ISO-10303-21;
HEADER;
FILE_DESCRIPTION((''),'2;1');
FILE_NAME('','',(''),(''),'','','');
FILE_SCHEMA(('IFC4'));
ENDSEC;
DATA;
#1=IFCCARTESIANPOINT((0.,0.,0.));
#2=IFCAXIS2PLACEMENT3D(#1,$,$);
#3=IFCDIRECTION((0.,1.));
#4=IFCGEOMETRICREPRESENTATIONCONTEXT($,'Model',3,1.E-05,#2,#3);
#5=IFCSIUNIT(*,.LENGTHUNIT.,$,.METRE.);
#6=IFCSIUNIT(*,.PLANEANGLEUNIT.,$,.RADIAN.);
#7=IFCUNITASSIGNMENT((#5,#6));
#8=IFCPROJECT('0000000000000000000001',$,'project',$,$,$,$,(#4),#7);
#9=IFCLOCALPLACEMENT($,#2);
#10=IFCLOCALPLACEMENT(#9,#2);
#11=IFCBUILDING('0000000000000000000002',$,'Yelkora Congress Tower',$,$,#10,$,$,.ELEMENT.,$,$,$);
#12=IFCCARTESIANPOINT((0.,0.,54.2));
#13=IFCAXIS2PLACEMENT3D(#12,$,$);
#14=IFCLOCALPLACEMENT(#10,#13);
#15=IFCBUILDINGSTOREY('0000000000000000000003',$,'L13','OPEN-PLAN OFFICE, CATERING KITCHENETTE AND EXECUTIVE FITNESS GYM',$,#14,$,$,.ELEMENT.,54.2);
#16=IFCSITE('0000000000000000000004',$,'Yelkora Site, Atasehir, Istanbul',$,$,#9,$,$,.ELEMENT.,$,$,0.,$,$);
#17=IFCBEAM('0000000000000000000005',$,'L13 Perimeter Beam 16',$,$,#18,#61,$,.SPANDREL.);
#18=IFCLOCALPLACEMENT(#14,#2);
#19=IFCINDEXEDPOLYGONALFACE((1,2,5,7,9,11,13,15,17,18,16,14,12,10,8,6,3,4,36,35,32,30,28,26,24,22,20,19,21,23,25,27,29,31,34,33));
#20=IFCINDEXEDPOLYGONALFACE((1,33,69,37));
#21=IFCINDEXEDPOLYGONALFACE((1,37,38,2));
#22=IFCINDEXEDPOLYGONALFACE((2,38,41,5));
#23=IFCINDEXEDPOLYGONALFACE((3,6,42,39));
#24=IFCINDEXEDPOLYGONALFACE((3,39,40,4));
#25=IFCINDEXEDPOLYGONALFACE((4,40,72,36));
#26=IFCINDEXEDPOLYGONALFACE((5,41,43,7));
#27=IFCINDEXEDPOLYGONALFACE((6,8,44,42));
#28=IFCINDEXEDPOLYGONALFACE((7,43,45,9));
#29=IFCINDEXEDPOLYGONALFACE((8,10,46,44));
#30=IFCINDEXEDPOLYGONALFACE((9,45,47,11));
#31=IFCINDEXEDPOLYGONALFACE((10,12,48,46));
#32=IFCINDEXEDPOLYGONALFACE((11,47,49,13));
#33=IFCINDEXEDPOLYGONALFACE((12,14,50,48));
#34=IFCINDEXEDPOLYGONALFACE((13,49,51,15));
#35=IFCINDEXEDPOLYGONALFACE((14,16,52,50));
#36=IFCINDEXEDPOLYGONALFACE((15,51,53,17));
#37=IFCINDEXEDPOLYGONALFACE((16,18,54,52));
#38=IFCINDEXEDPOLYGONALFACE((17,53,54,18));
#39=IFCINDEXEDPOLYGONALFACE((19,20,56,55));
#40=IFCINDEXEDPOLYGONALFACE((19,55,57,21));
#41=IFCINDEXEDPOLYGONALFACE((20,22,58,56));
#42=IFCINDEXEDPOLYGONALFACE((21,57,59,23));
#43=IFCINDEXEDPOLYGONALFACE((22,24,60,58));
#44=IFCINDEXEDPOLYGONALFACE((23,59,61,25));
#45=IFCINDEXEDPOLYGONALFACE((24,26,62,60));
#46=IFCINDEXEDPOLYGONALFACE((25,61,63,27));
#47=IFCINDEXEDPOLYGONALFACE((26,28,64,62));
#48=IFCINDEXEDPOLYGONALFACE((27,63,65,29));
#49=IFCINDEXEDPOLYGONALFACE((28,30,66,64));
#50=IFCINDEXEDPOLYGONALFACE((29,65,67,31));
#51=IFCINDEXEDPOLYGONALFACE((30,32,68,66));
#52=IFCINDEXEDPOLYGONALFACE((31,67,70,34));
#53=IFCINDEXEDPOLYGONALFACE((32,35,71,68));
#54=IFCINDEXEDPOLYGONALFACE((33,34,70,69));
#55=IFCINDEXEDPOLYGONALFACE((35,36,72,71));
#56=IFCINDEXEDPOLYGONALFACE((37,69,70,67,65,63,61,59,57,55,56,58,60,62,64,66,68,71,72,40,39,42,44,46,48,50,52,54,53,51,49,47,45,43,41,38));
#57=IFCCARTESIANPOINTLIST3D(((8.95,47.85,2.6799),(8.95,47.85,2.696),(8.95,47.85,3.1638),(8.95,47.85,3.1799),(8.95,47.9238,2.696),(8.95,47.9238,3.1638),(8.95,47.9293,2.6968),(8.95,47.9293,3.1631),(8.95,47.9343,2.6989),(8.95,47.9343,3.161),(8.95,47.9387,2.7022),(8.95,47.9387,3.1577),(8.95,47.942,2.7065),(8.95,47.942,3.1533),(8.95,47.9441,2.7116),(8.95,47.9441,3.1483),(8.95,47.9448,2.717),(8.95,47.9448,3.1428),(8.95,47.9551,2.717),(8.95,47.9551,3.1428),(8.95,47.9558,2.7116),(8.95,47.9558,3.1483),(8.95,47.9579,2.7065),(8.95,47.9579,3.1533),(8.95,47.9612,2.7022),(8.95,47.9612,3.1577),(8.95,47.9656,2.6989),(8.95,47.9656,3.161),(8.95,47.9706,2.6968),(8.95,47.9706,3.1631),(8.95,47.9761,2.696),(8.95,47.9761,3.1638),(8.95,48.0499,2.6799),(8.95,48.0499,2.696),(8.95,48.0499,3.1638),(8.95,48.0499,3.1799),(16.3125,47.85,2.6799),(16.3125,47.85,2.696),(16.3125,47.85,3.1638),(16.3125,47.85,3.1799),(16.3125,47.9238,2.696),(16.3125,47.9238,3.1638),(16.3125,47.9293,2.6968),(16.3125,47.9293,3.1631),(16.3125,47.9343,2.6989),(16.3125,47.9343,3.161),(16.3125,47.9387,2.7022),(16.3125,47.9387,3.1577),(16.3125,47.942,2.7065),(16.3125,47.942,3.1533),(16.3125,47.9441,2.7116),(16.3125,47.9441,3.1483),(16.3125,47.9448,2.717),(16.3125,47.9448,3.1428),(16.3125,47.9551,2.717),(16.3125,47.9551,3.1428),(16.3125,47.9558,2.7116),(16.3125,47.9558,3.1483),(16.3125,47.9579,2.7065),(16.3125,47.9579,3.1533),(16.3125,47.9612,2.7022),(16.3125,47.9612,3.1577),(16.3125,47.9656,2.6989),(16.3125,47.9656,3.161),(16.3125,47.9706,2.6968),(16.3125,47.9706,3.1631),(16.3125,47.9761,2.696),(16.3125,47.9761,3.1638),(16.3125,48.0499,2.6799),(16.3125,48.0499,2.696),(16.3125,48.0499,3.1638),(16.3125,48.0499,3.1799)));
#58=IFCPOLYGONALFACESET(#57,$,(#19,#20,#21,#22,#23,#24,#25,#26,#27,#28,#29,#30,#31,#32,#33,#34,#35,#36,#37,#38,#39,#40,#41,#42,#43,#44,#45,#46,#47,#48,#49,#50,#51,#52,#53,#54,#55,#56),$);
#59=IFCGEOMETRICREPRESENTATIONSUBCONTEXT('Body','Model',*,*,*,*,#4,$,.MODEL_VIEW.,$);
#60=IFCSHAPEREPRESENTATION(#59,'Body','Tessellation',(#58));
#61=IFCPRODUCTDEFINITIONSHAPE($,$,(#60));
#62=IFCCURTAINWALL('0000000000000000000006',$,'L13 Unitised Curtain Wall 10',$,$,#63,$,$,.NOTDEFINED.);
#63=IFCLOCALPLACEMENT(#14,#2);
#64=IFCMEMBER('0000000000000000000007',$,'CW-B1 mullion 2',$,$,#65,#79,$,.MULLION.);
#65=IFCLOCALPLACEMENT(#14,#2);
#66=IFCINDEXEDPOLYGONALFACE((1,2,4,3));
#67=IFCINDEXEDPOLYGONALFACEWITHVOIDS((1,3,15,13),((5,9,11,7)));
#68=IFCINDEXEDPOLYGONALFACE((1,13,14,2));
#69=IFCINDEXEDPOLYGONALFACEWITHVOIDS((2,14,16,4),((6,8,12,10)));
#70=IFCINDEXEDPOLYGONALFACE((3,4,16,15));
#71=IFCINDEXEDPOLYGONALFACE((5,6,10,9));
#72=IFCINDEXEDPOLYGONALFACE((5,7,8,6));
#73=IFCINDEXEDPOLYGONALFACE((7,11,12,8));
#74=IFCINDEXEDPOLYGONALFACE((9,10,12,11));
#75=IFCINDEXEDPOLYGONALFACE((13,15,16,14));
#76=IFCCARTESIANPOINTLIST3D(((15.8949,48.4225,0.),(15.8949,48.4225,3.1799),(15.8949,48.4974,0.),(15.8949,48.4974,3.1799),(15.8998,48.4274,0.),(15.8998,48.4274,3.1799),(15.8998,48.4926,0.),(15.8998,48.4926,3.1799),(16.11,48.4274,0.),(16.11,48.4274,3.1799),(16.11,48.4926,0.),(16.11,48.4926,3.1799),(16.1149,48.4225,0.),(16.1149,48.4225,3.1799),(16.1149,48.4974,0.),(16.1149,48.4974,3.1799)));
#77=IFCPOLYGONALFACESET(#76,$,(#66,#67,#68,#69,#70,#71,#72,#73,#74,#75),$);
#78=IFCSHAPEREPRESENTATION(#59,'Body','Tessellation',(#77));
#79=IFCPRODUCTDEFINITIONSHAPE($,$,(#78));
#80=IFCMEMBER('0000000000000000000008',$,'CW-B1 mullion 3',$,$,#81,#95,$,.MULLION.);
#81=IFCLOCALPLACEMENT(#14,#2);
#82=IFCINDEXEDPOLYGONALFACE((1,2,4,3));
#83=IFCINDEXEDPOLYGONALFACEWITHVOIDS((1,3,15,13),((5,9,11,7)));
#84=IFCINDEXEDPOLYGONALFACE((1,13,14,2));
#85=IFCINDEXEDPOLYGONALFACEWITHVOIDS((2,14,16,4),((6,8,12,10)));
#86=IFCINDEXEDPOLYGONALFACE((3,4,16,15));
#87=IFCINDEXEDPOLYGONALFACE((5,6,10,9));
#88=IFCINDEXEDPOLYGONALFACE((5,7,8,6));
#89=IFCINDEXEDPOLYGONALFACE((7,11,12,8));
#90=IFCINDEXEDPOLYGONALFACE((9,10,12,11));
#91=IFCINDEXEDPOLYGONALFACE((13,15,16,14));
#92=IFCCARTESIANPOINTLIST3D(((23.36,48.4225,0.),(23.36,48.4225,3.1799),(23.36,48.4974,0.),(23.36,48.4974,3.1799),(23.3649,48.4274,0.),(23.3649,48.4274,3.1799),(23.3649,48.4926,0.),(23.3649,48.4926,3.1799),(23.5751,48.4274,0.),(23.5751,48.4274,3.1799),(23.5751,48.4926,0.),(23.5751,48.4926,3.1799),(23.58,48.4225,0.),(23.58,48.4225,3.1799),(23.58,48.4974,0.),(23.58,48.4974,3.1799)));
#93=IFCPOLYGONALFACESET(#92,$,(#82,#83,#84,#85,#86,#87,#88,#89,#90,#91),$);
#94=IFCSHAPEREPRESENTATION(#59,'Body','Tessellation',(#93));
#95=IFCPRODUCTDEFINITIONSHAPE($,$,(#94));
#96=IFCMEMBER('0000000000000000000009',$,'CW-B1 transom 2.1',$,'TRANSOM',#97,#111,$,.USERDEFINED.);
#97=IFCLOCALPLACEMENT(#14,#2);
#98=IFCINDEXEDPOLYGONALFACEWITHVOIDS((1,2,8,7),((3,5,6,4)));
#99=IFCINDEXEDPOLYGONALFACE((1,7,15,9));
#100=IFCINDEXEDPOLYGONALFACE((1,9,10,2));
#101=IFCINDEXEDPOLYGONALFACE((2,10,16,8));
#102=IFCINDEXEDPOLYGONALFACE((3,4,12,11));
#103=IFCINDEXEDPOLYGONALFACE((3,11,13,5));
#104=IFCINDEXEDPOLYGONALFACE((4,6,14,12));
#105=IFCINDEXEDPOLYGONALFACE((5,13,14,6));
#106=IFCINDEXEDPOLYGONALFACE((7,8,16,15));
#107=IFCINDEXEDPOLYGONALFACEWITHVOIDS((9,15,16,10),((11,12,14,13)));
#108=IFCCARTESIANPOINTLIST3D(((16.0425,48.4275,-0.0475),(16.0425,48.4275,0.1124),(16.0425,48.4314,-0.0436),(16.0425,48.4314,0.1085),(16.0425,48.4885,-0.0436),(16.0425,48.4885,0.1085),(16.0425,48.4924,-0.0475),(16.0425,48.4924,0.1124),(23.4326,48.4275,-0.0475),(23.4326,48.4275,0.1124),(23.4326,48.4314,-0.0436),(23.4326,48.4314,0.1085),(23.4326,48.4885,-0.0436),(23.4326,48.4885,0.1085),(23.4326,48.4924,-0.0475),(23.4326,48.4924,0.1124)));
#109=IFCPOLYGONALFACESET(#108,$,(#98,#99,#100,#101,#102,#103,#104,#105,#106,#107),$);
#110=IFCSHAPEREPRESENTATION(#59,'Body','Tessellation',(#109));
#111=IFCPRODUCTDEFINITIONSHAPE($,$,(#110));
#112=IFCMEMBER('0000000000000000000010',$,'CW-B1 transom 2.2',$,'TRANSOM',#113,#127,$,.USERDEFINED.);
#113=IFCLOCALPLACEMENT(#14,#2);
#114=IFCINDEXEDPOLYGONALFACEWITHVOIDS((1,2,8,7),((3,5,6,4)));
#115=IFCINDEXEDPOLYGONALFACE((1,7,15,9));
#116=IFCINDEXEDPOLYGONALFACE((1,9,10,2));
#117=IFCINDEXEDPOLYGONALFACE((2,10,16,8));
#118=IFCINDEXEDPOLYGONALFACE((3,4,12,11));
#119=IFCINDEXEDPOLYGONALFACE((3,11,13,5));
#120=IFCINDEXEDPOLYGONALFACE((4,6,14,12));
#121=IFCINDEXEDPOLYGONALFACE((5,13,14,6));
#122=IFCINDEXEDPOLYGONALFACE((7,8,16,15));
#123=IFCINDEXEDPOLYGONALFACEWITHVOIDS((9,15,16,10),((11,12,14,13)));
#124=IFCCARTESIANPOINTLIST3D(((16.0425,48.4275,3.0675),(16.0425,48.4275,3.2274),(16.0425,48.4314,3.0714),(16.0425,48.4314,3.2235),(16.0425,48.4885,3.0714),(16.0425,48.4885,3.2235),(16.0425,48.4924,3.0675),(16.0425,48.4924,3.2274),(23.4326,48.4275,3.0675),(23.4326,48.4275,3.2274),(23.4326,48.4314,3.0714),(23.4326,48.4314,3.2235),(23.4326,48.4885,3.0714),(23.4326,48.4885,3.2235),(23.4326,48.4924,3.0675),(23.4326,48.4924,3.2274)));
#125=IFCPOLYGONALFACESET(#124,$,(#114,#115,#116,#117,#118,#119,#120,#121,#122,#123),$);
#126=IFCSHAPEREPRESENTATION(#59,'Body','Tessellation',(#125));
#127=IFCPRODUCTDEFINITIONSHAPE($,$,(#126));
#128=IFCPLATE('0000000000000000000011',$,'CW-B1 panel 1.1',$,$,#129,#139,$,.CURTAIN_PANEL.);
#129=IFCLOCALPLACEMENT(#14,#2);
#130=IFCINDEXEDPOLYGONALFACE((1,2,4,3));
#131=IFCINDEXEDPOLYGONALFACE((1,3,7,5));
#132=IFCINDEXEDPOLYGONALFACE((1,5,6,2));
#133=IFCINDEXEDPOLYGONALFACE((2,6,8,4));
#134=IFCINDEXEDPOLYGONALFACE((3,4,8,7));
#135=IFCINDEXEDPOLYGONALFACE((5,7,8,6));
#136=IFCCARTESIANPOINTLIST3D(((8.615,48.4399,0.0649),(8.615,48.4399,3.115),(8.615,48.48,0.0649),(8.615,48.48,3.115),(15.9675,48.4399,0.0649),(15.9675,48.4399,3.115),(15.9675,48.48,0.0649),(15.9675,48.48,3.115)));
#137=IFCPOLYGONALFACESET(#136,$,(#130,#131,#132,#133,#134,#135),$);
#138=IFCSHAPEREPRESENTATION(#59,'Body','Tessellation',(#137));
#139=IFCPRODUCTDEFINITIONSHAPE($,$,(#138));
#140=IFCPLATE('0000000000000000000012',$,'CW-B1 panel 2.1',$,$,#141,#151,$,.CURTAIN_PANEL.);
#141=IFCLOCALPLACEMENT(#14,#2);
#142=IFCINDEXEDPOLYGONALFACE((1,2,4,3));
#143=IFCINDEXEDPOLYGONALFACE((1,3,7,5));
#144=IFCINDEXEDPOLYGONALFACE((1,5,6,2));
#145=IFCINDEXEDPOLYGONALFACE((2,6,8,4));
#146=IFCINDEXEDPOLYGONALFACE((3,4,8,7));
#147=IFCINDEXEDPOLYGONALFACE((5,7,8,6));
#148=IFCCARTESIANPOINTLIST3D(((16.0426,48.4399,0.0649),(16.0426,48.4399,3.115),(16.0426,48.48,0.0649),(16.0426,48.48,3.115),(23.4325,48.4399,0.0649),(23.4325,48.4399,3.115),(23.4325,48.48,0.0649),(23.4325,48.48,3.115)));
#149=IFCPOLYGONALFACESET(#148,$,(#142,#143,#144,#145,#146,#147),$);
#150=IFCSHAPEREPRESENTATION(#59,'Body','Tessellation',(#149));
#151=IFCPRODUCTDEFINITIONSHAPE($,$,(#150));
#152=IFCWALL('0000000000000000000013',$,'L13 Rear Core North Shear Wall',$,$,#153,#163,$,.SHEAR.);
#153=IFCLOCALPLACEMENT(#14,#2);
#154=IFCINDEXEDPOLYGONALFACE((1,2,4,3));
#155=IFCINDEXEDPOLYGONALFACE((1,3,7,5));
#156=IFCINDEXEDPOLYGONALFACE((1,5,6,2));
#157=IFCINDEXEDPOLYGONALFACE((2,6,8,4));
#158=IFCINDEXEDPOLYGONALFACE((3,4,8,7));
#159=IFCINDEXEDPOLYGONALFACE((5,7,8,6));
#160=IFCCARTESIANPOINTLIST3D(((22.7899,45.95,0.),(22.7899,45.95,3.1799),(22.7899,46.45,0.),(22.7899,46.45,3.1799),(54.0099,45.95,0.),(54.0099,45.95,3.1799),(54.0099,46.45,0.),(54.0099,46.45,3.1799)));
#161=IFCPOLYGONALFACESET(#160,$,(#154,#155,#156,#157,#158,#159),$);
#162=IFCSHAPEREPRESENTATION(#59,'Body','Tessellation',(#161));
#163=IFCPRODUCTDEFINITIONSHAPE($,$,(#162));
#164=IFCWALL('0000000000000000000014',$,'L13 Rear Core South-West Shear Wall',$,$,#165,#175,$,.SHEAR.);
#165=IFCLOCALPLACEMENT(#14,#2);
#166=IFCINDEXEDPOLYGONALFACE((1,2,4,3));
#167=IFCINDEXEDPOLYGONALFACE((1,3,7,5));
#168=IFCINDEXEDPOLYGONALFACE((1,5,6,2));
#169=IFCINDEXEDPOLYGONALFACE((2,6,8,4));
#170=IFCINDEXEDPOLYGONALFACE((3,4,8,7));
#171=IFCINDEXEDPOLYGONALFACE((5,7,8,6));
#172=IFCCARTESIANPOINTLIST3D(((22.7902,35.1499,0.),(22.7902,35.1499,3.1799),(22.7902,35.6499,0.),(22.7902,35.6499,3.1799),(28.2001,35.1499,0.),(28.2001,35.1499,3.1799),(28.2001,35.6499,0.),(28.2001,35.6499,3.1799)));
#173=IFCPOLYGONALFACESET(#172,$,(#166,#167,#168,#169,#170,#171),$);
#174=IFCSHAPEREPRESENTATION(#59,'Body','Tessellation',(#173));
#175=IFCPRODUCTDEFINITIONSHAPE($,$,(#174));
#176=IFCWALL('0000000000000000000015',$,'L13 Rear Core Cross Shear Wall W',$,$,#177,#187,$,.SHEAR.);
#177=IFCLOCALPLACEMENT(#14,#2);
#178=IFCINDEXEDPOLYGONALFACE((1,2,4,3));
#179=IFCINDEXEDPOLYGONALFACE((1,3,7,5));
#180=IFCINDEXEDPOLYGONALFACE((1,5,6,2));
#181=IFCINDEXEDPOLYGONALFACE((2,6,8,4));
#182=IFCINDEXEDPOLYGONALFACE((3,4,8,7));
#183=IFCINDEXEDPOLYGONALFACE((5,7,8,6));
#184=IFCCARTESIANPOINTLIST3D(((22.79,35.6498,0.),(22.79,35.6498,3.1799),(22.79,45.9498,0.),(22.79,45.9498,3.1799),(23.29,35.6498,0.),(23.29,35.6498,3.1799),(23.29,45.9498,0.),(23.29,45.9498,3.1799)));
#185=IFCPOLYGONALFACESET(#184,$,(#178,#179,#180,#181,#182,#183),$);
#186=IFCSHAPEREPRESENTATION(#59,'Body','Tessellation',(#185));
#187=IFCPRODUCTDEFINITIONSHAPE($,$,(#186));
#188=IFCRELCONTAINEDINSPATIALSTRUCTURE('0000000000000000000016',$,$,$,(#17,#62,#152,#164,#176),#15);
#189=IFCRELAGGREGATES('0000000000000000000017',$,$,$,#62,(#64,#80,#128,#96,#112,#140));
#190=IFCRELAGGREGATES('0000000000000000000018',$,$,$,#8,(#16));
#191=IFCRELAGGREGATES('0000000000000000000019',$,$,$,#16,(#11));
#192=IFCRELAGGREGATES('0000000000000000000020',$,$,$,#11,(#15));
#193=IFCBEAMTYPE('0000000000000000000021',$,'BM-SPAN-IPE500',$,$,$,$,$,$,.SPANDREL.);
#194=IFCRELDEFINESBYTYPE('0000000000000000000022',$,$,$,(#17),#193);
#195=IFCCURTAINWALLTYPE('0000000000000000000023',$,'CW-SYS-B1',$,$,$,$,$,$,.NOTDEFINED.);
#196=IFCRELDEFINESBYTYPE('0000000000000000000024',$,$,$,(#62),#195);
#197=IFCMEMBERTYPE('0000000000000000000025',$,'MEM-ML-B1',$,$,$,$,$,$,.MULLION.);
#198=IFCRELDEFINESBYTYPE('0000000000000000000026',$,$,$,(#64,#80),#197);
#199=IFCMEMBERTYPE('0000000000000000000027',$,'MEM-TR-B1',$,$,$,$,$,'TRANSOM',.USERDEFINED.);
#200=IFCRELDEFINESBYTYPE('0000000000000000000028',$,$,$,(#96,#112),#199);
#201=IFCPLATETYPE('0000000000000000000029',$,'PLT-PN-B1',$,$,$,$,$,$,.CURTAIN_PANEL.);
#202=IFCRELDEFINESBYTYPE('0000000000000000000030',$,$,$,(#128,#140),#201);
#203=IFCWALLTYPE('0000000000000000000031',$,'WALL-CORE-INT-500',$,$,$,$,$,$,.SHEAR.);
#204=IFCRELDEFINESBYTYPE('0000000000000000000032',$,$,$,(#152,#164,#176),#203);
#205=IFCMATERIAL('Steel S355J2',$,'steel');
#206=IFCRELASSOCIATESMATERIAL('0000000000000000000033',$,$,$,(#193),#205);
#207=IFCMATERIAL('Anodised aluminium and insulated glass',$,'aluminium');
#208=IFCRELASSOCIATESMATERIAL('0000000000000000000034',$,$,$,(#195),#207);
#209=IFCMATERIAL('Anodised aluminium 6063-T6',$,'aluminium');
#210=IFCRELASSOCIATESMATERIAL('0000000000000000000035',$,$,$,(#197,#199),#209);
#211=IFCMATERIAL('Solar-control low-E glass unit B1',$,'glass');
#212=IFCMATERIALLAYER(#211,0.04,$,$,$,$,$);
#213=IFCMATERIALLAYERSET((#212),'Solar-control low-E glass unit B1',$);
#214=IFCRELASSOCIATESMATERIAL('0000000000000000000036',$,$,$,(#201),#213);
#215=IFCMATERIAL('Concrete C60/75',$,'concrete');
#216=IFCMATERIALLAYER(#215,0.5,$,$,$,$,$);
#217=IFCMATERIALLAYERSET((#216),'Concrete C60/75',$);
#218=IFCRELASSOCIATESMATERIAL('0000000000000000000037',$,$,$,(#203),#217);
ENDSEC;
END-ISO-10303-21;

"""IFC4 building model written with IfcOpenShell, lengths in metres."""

from ifc_helpers import new_model, si_unit, direction, frame, frame_2d, origin, origin_2d, place, context, subcontext, project, spatial, rectangle, hollow_rectangle, i_section, extrude, material, layer, layer_set, material_profile, profile_set, type_object, element, aggregate, save


model = new_model("IFC4")

# Units and contexts
model_context = context("Model", 3, precision=1e-05, world=origin(), true_north=direction((0.0, 1.0)))
body_context = subcontext(model_context, "Body", "Model", "MODEL_VIEW")
ifc_project = project(units=[si_unit("LENGTHUNIT", "METRE"), si_unit("PLANEANGLEUNIT", "RADIAN")], contexts=[model_context])

# Site, building, storey
site_placement = place(None, origin())
site = spatial("IfcSite", under=ifc_project, at=site_placement, Name="Yelkora Site, Atasehir, Istanbul", CompositionType="ELEMENT", RefElevation=0.0)
building_placement = place(site_placement, origin())
building = spatial("IfcBuilding", under=site, at=building_placement, Name="Yelkora Congress Tower", CompositionType="ELEMENT")
storey_placement = place(building_placement, frame((0.0, 0.0, 54.2)))
storey = spatial("IfcBuildingStorey", under=building, at=storey_placement, Name="L13", Description="OPEN-PLAN OFFICE, CATERING KITCHENETTE AND EXECUTIVE FITNESS GYM", CompositionType="ELEMENT", Elevation=54.2)

# Shared definitions
ifc_material_1 = material(Name="Concrete C60/75", Category="concrete")

# Beam
ifc_material_2 = material(Name="Steel S355J2", Category="steel")
ifc_material_profile_1 = material_profile(ifc_material_2, i_section(OverallWidth=0.2, OverallDepth=0.5, WebThickness=0.0103, FlangeThickness=0.0161, FilletRadius=0.021, at=origin_2d()), Name="IPE 500")
ifc_profile_set_1 = profile_set([ifc_material_profile_1], Name="Steel S355J2")
beam_type_1 = type_object("IfcBeamType", Name="BM-SPAN-IPE500", PredefinedType="SPANDREL", material=ifc_profile_set_1)
beam_1_placement = place(storey_placement, frame((16.3125, 47.95, 2.9299), z_axis=(-1.0, 0.0, 0.0), x_axis=(0.0, -1.0, 0.0)))
element("IfcBeam", 1, at=beam_1_placement, inside=storey, type_object=beam_type_1, Name="L13 Perimeter Beam 16", PredefinedType="SPANDREL", context=body_context, shape_type="SweptSolid", body=[
    extrude(i_section(OverallWidth=0.2, OverallDepth=0.5, WebThickness=0.0103, FlangeThickness=0.0161, FilletRadius=0.021, at=origin_2d()), origin(), (0.0, 0.0, 1.0), 7.3625),
])

# Curtain wall, members, plates
ifc_material_3 = material(Name="Anodised aluminium and insulated glass", Category="aluminium")
curtain_wall_type = type_object("IfcCurtainWallType", Name="CW-SYS-B1", PredefinedType="NOTDEFINED", material=ifc_material_3)
curtain_wall_placement = place(storey_placement, origin())
curtain_wall = element("IfcCurtainWall", 2, at=curtain_wall_placement, inside=storey, type_object=curtain_wall_type, Name="L13 Unitised Curtain Wall 10", PredefinedType="NOTDEFINED")
ifc_material_4 = material(Name="Anodised aluminium 6063-T6", Category="aluminium")
ifc_material_profile_2 = material_profile(ifc_material_4, hollow_rectangle(XDim=0.075, YDim=0.22, WallThickness=0.0049, at=origin_2d()), Name="ALU 75x220x5")
ifc_profile_set_2 = profile_set([ifc_material_profile_2], Name="Anodised aluminium 6063-T6")
member_type_1 = type_object("IfcMemberType", Name="MEM-ML-B1", PredefinedType="MULLION", material=ifc_profile_set_2)
member_1_placement = place(storey_placement, frame((16.0049, 48.46, 0.0), z_axis=(0.0, 0.0, 1.0), x_axis=(0.0, 1.0, 0.0)))
member_1 = element("IfcMember", 3, at=member_1_placement, type_object=member_type_1, Name="CW-B1 mullion 2", PredefinedType="MULLION", context=body_context, shape_type="SweptSolid", body=[
    extrude(hollow_rectangle(XDim=0.075, YDim=0.22, WallThickness=0.0049, at=origin_2d()), origin(), (0.0, 0.0, 1.0), 3.1799),
])
member_2_placement = place(storey_placement, frame((23.47, 48.46, 0.0), z_axis=(0.0, 0.0, 1.0), x_axis=(0.0, 1.0, 0.0)))
member_2 = element("IfcMember", 4, at=member_2_placement, type_object=member_type_1, Name="CW-B1 mullion 3", PredefinedType="MULLION", context=body_context, shape_type="SweptSolid", body=[
    extrude(hollow_rectangle(XDim=0.075, YDim=0.22, WallThickness=0.0049, at=origin_2d()), origin(), (0.0, 0.0, 1.0), 3.1799),
])
ifc_material_profile_3 = material_profile(ifc_material_4, hollow_rectangle(XDim=0.0649, YDim=0.1599, WallThickness=0.0039, at=origin_2d()), Name="ALU 65x160x4")
ifc_profile_set_3 = profile_set([ifc_material_profile_3], Name="Anodised aluminium 6063-T6")
member_type_2 = type_object("IfcMemberType", Name="MEM-TR-B1", ElementType="TRANSOM", PredefinedType="USERDEFINED", material=ifc_profile_set_3)
member_3_placement = place(storey_placement, frame((16.0425, 48.46, 0.0325), z_axis=(1.0, 0.0, 0.0), x_axis=(0.0, 1.0, 0.0)))
member_3 = element("IfcMember", 5, at=member_3_placement, type_object=member_type_2, Name="CW-B1 transom 2.1", ObjectType="TRANSOM", PredefinedType="USERDEFINED", context=body_context, shape_type="SweptSolid", body=[
    extrude(hollow_rectangle(XDim=0.0649, YDim=0.1599, WallThickness=0.0039, at=origin_2d()), origin(), (0.0, 0.0, 1.0), 7.3901),
])
member_4_placement = place(storey_placement, frame((16.0425, 48.46, 3.1475), z_axis=(1.0, 0.0, 0.0), x_axis=(0.0, 1.0, 0.0)))
member_4 = element("IfcMember", 6, at=member_4_placement, type_object=member_type_2, Name="CW-B1 transom 2.2", ObjectType="TRANSOM", PredefinedType="USERDEFINED", context=body_context, shape_type="SweptSolid", body=[
    extrude(hollow_rectangle(XDim=0.0649, YDim=0.1599, WallThickness=0.0039, at=origin_2d()), origin(), (0.0, 0.0, 1.0), 7.3901),
])
ifc_material_5 = material(Name="Solar-control low-E glass unit B1", Category="glass")
ifc_layer_1 = layer(ifc_material_5, 0.04)
ifc_layer_set_1 = layer_set([ifc_layer_1], Name="Solar-control low-E glass unit B1")
plate_type = type_object("IfcPlateType", Name="PLT-PN-B1", PredefinedType="CURTAIN_PANEL", material=ifc_layer_set_1)
plate_1_placement = place(storey_placement, frame((12.2913, 48.46, 0.0649), z_axis=(0.0, 0.0, 1.0), x_axis=(1.0, 0.0, 0.0)))
plate_1 = element("IfcPlate", 7, at=plate_1_placement, type_object=plate_type, Name="CW-B1 panel 1.1", PredefinedType="CURTAIN_PANEL", context=body_context, shape_type="SweptSolid", body=[
    extrude(rectangle(XDim=7.3525, YDim=0.04, at=origin_2d()), origin(), (0.0, 0.0, 1.0), 3.05),
])
plate_2_placement = place(storey_placement, frame((19.7375, 48.46, 0.0649), z_axis=(0.0, 0.0, 1.0), x_axis=(1.0, 0.0, 0.0)))
plate_2 = element("IfcPlate", 8, at=plate_2_placement, type_object=plate_type, Name="CW-B1 panel 2.1", PredefinedType="CURTAIN_PANEL", context=body_context, shape_type="SweptSolid", body=[
    extrude(rectangle(XDim=7.3899, YDim=0.04, at=origin_2d()), origin(), (0.0, 0.0, 1.0), 3.05),
])
aggregate(curtain_wall, [member_1, member_2, plate_1, member_3, member_4, plate_2])

# Walls
ifc_layer_2 = layer(ifc_material_1, 0.5)
ifc_layer_set_2 = layer_set([ifc_layer_2], Name="Concrete C60/75")
wall_type_1 = type_object("IfcWallType", Name="WALL-CORE-INT-500", PredefinedType="SHEAR", material=ifc_layer_set_2)
wall_1_placement = place(storey_placement, frame((22.79, 46.2, 0.0), z_axis=(0.0, 0.0, 1.0), x_axis=(1.0, 0.0, 0.0)))
element("IfcWall", 9, at=wall_1_placement, inside=storey, type_object=wall_type_1, Name="L13 Rear Core North Shear Wall", PredefinedType="SHEAR", context=body_context, shape_type="SweptSolid", body=[
    extrude(rectangle(XDim=31.22, YDim=0.5, at=frame_2d((15.6099, 0.0))), origin(), (0.0, 0.0, 1.0), 3.1799),
])
wall_2_placement = place(storey_placement, frame((22.79, 35.3999, 0.0), z_axis=(0.0, 0.0, 1.0), x_axis=(1.0, 0.0, 0.0)))
element("IfcWall", 10, at=wall_2_placement, inside=storey, type_object=wall_type_1, Name="L13 Rear Core South-West Shear Wall", PredefinedType="SHEAR", context=body_context, shape_type="SweptSolid", body=[
    extrude(rectangle(XDim=5.4099, YDim=0.5, at=frame_2d((2.7051, 0.0))), origin(), (0.0, 0.0, 1.0), 3.1799),
])
wall_3_placement = place(storey_placement, frame((23.04, 35.6499, 0.0), z_axis=(0.0, 0.0, 1.0), x_axis=(0.0, 1.0, 0.0)))
element("IfcWall", 11, at=wall_3_placement, inside=storey, type_object=wall_type_1, Name="L13 Rear Core Cross Shear Wall W", PredefinedType="SHEAR", context=body_context, shape_type="SweptSolid", body=[
    extrude(rectangle(XDim=10.3, YDim=0.5, at=frame_2d((5.1499, 0.0))), origin(), (0.0, 0.0, 1.0), 3.1799),
])

save(model, "model.ifc")
